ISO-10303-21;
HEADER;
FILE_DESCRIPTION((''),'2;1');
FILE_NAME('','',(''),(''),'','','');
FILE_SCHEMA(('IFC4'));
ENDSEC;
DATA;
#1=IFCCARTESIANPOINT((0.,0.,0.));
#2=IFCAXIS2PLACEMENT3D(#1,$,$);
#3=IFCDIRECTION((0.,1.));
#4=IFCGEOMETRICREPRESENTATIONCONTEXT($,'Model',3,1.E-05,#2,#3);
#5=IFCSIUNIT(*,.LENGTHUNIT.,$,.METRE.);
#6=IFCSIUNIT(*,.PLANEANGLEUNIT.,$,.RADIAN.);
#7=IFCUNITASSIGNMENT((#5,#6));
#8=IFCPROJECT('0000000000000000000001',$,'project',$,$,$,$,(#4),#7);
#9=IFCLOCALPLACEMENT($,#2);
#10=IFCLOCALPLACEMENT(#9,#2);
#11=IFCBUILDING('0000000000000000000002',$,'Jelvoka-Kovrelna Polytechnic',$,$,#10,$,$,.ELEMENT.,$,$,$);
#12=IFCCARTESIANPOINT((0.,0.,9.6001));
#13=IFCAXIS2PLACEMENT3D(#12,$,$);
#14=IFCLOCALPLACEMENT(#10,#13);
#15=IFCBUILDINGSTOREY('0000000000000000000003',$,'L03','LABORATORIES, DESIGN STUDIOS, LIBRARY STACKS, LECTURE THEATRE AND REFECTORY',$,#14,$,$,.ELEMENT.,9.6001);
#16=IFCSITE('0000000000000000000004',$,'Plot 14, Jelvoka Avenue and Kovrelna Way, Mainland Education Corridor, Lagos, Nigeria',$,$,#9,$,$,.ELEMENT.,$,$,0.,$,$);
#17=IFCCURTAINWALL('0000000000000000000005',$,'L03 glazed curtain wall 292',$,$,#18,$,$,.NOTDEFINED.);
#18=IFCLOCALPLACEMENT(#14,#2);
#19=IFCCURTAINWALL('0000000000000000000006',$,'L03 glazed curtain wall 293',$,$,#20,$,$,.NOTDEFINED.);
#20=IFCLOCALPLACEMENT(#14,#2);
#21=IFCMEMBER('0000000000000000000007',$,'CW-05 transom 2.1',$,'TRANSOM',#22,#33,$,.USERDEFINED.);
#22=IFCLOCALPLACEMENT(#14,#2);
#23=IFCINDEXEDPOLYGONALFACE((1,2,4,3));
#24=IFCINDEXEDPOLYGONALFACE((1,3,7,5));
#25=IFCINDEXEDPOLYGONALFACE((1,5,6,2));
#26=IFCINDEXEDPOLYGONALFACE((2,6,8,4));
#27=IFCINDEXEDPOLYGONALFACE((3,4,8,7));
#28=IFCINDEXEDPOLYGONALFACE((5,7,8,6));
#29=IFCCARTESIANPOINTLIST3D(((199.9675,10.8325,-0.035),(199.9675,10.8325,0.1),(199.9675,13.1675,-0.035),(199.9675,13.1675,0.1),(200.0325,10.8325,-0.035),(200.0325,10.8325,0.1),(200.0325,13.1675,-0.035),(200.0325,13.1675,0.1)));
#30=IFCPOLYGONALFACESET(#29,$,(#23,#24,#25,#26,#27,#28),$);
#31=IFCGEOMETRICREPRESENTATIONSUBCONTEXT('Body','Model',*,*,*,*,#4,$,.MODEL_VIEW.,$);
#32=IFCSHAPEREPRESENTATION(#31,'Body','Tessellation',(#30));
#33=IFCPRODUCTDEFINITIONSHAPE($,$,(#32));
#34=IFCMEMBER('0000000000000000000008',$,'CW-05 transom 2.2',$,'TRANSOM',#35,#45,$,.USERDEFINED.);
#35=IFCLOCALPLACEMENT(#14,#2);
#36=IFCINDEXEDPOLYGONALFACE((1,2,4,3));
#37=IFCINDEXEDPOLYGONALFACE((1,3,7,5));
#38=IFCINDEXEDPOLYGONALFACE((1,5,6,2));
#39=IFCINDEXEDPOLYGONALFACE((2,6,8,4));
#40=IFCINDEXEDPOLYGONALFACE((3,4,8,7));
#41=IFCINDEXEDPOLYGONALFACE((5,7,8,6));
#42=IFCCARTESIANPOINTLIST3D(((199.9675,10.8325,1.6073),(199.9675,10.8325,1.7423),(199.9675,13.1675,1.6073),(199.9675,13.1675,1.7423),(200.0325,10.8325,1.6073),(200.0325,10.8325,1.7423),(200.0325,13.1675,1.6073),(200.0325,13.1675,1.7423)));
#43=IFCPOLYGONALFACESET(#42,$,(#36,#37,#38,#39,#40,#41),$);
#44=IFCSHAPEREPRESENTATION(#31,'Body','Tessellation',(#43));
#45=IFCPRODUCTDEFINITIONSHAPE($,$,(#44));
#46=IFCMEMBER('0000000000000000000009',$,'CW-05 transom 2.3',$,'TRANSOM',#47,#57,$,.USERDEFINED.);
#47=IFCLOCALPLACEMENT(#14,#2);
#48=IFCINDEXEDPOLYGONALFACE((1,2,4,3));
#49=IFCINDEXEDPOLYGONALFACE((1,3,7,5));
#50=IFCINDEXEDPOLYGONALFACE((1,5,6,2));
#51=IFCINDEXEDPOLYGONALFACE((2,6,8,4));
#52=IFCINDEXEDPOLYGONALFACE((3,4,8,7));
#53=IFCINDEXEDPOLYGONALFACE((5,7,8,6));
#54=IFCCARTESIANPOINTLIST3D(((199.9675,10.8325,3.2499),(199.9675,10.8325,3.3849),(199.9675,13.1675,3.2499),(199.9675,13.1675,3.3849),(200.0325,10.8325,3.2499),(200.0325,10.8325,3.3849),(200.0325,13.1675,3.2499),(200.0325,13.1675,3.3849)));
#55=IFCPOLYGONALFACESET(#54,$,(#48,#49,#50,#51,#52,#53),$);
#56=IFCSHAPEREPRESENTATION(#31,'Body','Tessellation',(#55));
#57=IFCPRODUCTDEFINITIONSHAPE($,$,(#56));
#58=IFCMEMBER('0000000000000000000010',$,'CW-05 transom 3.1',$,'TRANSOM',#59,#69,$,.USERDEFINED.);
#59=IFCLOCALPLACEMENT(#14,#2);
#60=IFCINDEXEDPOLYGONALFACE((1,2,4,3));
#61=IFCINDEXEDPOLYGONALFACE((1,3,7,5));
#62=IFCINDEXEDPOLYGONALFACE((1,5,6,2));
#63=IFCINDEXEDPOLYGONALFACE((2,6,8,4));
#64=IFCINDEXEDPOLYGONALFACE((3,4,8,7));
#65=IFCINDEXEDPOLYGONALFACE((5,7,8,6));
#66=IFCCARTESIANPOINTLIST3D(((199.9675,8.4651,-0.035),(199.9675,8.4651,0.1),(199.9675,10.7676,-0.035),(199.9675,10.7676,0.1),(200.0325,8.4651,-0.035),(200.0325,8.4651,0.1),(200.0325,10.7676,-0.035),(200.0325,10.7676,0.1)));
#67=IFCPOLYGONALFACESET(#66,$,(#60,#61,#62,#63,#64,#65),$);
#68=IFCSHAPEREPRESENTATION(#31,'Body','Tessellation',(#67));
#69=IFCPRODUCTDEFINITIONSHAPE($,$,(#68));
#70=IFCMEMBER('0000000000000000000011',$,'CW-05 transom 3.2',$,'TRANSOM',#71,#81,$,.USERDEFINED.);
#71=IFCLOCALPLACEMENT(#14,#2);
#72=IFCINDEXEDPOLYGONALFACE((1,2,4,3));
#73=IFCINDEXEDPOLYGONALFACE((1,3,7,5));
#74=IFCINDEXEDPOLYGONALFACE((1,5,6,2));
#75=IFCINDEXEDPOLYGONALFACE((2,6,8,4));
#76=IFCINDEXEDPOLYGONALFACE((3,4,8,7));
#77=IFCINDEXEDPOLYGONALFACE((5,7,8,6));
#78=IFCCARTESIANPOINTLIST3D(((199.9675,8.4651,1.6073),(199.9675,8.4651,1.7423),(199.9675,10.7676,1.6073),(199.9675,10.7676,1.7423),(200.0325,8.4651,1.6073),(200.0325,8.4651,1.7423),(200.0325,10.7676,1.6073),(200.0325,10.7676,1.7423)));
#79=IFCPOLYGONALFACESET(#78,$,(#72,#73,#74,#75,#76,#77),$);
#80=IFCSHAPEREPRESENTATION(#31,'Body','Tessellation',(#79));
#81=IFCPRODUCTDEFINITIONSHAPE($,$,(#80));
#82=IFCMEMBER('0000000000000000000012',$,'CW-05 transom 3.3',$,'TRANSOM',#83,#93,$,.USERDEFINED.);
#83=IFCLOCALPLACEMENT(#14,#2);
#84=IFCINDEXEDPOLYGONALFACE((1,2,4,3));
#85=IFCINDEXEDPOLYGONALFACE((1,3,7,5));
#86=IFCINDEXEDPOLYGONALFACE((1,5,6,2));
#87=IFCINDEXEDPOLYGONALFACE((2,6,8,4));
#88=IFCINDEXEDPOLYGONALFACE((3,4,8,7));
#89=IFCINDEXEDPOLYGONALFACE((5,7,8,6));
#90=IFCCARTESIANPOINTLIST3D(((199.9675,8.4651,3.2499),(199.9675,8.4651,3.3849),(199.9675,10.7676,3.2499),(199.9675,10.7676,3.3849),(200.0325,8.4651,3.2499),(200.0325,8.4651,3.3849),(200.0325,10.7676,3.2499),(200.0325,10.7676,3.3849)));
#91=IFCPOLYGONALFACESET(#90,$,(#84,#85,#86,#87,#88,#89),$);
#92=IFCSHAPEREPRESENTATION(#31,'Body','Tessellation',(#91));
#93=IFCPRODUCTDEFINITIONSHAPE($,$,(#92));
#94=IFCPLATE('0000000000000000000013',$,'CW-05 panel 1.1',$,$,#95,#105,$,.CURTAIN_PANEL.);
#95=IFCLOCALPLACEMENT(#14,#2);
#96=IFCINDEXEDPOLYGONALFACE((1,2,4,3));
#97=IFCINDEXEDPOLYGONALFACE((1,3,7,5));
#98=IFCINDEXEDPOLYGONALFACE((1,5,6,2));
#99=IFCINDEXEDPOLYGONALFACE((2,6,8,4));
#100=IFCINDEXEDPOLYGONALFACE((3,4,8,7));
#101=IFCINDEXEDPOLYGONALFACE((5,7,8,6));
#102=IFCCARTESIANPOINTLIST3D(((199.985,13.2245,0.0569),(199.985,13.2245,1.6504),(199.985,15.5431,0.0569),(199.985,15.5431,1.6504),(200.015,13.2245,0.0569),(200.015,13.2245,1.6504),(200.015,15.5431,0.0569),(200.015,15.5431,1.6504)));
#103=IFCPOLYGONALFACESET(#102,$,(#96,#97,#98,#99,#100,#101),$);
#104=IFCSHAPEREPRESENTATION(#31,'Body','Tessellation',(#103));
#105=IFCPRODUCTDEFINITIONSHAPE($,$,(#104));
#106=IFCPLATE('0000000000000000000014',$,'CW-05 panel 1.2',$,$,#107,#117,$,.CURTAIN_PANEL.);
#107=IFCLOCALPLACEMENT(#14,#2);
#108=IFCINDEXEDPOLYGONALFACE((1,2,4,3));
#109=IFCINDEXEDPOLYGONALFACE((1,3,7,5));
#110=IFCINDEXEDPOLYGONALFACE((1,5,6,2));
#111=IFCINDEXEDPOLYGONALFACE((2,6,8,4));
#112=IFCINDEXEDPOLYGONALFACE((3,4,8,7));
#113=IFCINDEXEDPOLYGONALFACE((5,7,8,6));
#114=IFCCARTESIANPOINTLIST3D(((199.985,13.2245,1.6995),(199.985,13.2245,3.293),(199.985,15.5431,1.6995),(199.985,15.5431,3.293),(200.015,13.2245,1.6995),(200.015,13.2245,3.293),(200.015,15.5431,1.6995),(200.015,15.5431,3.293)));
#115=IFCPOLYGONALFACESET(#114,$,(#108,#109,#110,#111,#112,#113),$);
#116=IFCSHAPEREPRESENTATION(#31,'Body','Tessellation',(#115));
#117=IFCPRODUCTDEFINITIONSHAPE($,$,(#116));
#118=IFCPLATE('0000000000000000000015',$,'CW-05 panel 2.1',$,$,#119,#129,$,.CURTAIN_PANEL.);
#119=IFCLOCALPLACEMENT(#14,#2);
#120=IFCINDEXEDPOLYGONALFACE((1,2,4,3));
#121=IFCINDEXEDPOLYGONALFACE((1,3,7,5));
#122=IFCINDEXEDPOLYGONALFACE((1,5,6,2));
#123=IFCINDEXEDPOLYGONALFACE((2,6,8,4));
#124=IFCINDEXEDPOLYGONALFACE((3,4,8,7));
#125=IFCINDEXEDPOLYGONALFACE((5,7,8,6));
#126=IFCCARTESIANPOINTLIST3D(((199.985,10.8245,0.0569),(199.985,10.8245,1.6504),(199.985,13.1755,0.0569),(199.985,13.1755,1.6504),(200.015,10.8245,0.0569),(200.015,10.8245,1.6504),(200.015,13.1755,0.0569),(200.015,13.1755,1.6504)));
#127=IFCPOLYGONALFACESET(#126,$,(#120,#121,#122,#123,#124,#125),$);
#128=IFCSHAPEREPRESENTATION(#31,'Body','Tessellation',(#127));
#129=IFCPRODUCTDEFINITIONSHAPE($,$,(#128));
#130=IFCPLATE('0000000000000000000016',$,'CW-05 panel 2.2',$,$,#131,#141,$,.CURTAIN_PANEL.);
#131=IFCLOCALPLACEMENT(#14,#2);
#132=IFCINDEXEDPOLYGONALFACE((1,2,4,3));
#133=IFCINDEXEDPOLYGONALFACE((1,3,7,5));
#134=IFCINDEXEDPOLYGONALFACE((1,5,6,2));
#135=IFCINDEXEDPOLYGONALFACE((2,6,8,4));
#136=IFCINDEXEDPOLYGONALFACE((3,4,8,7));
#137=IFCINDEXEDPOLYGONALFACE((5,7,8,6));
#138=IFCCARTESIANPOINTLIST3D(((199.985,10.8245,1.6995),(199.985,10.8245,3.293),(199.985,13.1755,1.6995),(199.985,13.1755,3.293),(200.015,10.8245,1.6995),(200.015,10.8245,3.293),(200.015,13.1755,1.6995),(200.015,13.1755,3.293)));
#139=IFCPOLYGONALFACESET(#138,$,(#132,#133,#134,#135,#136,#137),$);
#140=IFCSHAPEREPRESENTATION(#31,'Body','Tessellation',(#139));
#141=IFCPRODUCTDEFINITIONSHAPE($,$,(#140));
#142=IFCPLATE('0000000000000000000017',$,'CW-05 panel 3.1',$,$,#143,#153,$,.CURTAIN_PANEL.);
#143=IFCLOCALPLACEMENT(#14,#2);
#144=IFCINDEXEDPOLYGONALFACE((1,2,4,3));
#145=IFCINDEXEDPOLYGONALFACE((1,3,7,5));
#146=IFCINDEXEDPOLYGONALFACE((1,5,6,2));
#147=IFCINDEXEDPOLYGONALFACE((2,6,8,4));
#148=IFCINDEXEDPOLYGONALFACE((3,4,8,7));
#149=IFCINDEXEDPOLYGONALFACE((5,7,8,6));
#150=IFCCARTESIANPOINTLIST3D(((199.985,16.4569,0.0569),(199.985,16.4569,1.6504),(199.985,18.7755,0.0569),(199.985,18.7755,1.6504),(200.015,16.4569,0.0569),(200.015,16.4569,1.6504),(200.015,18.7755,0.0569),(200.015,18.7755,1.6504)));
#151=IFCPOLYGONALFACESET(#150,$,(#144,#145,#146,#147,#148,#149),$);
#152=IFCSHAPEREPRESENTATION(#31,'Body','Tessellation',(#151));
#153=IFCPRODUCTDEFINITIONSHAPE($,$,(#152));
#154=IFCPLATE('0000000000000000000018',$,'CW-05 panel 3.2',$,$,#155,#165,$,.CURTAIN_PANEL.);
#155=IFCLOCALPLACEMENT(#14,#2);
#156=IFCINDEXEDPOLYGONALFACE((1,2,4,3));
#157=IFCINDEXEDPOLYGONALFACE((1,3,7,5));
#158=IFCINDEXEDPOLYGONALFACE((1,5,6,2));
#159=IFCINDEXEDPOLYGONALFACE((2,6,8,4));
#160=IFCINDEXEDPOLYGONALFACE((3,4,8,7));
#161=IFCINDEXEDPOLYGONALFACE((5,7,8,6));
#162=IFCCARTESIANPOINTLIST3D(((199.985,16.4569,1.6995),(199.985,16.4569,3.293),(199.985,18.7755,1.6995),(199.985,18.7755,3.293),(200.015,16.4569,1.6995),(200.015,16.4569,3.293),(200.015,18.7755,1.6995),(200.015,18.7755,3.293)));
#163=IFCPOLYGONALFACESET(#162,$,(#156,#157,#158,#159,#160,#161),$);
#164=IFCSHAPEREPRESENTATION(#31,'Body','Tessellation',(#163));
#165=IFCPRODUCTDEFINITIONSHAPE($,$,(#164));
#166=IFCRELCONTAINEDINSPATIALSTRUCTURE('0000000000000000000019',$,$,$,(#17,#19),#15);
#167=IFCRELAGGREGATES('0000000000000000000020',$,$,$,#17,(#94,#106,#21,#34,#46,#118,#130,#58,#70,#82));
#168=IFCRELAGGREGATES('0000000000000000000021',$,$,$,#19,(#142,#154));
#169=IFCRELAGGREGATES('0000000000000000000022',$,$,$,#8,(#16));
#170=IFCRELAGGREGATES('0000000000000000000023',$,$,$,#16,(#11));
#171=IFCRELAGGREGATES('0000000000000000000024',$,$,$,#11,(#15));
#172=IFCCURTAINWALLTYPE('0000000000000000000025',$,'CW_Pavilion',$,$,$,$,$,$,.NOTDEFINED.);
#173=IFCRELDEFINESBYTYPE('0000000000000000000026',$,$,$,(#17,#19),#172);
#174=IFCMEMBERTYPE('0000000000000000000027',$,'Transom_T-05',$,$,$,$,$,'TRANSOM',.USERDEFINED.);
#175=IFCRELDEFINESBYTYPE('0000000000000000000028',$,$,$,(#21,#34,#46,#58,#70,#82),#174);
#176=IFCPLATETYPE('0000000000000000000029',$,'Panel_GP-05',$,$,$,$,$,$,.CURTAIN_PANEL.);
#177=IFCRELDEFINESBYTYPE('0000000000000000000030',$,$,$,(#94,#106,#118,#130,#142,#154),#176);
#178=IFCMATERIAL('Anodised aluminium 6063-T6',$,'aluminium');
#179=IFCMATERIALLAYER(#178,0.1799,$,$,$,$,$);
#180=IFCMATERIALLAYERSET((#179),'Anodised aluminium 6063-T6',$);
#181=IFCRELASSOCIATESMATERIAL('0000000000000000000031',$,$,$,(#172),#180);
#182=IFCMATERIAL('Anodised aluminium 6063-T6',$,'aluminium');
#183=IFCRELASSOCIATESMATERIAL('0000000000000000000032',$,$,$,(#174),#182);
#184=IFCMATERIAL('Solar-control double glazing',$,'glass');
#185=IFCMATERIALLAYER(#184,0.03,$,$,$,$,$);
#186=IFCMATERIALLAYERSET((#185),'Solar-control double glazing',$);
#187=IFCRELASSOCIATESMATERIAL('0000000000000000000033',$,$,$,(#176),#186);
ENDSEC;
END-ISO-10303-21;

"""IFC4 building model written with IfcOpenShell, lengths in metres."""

from ifc_helpers import new_model, si_unit, direction, frame, origin, origin_2d, place, context, subcontext, project, spatial, rectangle, extrude, material, layer, layer_set, material_profile, profile_set, type_object, element, aggregate, save


model = new_model("IFC4")

# Units and contexts
model_context = context("Model", 3, precision=1e-05, world=origin(), true_north=direction((0.0, 1.0)))
body_context = subcontext(model_context, "Body", "Model", "MODEL_VIEW")
ifc_project = project(units=[si_unit("LENGTHUNIT", "METRE"), si_unit("PLANEANGLEUNIT", "RADIAN")], contexts=[model_context])

# Site, building, storey
site_placement = place(None, origin())
site = spatial("IfcSite", under=ifc_project, at=site_placement, Name="Plot 14, Jelvoka Avenue and Kovrelna Way, Mainland Education Corridor, Lagos, Nigeria", CompositionType="ELEMENT", RefElevation=0.0)
building_placement = place(site_placement, origin())
building = spatial("IfcBuilding", under=site, at=building_placement, Name="Jelvoka-Kovrelna Polytechnic", CompositionType="ELEMENT")
storey_placement = place(building_placement, frame((0.0, 0.0, 9.6001)))
storey = spatial("IfcBuildingStorey", under=building, at=storey_placement, Name="L03", Description="LABORATORIES, DESIGN STUDIOS, LIBRARY STACKS, LECTURE THEATRE AND REFECTORY", CompositionType="ELEMENT", Elevation=9.6001)

# Curtain wall
ifc_material_1 = material(Name="Anodised aluminium 6063-T6", Category="aluminium")
ifc_layer_1 = layer(ifc_material_1, 0.1799)
ifc_layer_set_1 = layer_set([ifc_layer_1], Name="Anodised aluminium 6063-T6")
curtain_wall_type = type_object("IfcCurtainWallType", Name="CW_Pavilion", PredefinedType="NOTDEFINED", material=ifc_layer_set_1)
curtain_wall_1_placement = place(storey_placement, origin())
curtain_wall_1 = element("IfcCurtainWall", 1, at=curtain_wall_1_placement, inside=storey, type_object=curtain_wall_type, Name="L03 glazed curtain wall 292", PredefinedType="NOTDEFINED")

# Curtain wall
curtain_wall_2_placement = place(storey_placement, origin())
curtain_wall_2 = element("IfcCurtainWall", 2, at=curtain_wall_2_placement, inside=storey, type_object=curtain_wall_type, Name="L03 glazed curtain wall 293", PredefinedType="NOTDEFINED")

# Members
ifc_material_2 = material(Name="Anodised aluminium 6063-T6", Category="aluminium")
ifc_material_profile_1 = material_profile(ifc_material_2, rectangle(XDim=0.0649, YDim=0.135, at=origin_2d()), Name="ALU 65x135")
ifc_profile_set_1 = profile_set([ifc_material_profile_1], Name="Anodised aluminium 6063-T6")
member_type_1 = type_object("IfcMemberType", Name="Transom_T-05", ElementType="TRANSOM", PredefinedType="USERDEFINED", material=ifc_profile_set_1)
member_1_placement = place(storey_placement, frame((200.0, 13.1675, 0.0325), z_axis=(0.0, -1.0, 0.0), x_axis=(1.0, 0.0, 0.0)))
member_1 = element("IfcMember", 3, at=member_1_placement, type_object=member_type_1, Name="CW-05 transom 2.1", ObjectType="TRANSOM", PredefinedType="USERDEFINED", context=body_context, shape_type="SweptSolid", body=[
    extrude(rectangle(XDim=0.0649, YDim=0.135, at=origin_2d()), origin(), (0.0, 0.0, 1.0), 2.335),
])
member_2_placement = place(storey_placement, frame((200.0, 13.1675, 1.6748), z_axis=(0.0, -1.0, 0.0), x_axis=(1.0, 0.0, 0.0)))
member_2 = element("IfcMember", 4, at=member_2_placement, type_object=member_type_1, Name="CW-05 transom 2.2", ObjectType="TRANSOM", PredefinedType="USERDEFINED", context=body_context, shape_type="SweptSolid", body=[
    extrude(rectangle(XDim=0.0649, YDim=0.135, at=origin_2d()), origin(), (0.0, 0.0, 1.0), 2.335),
])
member_3_placement = place(storey_placement, frame((200.0, 13.1675, 3.3174), z_axis=(0.0, -1.0, 0.0), x_axis=(1.0, 0.0, 0.0)))
member_3 = element("IfcMember", 5, at=member_3_placement, type_object=member_type_1, Name="CW-05 transom 2.3", ObjectType="TRANSOM", PredefinedType="USERDEFINED", context=body_context, shape_type="SweptSolid", body=[
    extrude(rectangle(XDim=0.0649, YDim=0.135, at=origin_2d()), origin(), (0.0, 0.0, 1.0), 2.335),
])
member_4_placement = place(storey_placement, frame((200.0, 10.7676, 0.0325), z_axis=(0.0, -1.0, 0.0), x_axis=(1.0, 0.0, 0.0)))
member_4 = element("IfcMember", 6, at=member_4_placement, type_object=member_type_1, Name="CW-05 transom 3.1", ObjectType="TRANSOM", PredefinedType="USERDEFINED", context=body_context, shape_type="SweptSolid", body=[
    extrude(rectangle(XDim=0.0649, YDim=0.135, at=origin_2d()), origin(), (0.0, 0.0, 1.0), 2.3025),
])
member_5_placement = place(storey_placement, frame((200.0, 10.7676, 1.6748), z_axis=(0.0, -1.0, 0.0), x_axis=(1.0, 0.0, 0.0)))
member_5 = element("IfcMember", 7, at=member_5_placement, type_object=member_type_1, Name="CW-05 transom 3.2", ObjectType="TRANSOM", PredefinedType="USERDEFINED", context=body_context, shape_type="SweptSolid", body=[
    extrude(rectangle(XDim=0.0649, YDim=0.135, at=origin_2d()), origin(), (0.0, 0.0, 1.0), 2.3025),
])
member_6_placement = place(storey_placement, frame((200.0, 10.7676, 3.3174), z_axis=(0.0, -1.0, 0.0), x_axis=(1.0, 0.0, 0.0)))
member_6 = element("IfcMember", 8, at=member_6_placement, type_object=member_type_1, Name="CW-05 transom 3.3", ObjectType="TRANSOM", PredefinedType="USERDEFINED", context=body_context, shape_type="SweptSolid", body=[
    extrude(rectangle(XDim=0.0649, YDim=0.135, at=origin_2d()), origin(), (0.0, 0.0, 1.0), 2.3025),
])

# Plates
ifc_material_3 = material(Name="Solar-control double glazing", Category="glass")
ifc_layer_2 = layer(ifc_material_3, 0.03)
ifc_layer_set_2 = layer_set([ifc_layer_2], Name="Solar-control double glazing")
plate_type = type_object("IfcPlateType", Name="Panel_GP-05", PredefinedType="CURTAIN_PANEL", material=ifc_layer_set_2)
plate_1_placement = place(storey_placement, frame((200.0, 14.3838, 0.0569), z_axis=(0.0, 0.0, 1.0), x_axis=(0.0, -1.0, 0.0)))
plate_1 = element("IfcPlate", 9, at=plate_1_placement, type_object=plate_type, Name="CW-05 panel 1.1", PredefinedType="CURTAIN_PANEL", context=body_context, shape_type="SweptSolid", body=[
    extrude(rectangle(XDim=2.3186, YDim=0.03, at=origin_2d()), origin(), (0.0, 0.0, 1.0), 1.5935),
])
plate_2_placement = place(storey_placement, frame((200.0, 14.3838, 1.6995), z_axis=(0.0, 0.0, 1.0), x_axis=(0.0, -1.0, 0.0)))
plate_2 = element("IfcPlate", 10, at=plate_2_placement, type_object=plate_type, Name="CW-05 panel 1.2", PredefinedType="CURTAIN_PANEL", context=body_context, shape_type="SweptSolid", body=[
    extrude(rectangle(XDim=2.3186, YDim=0.03, at=origin_2d()), origin(), (0.0, 0.0, 1.0), 1.5935),
])
plate_3_placement = place(storey_placement, frame((200.0, 12.0, 0.0569), z_axis=(0.0, 0.0, 1.0), x_axis=(0.0, -1.0, 0.0)))
plate_3 = element("IfcPlate", 11, at=plate_3_placement, type_object=plate_type, Name="CW-05 panel 2.1", PredefinedType="CURTAIN_PANEL", context=body_context, shape_type="SweptSolid", body=[
    extrude(rectangle(XDim=2.3511, YDim=0.03, at=origin_2d()), origin(), (0.0, 0.0, 1.0), 1.5935),
])
plate_4_placement = place(storey_placement, frame((200.0, 12.0, 1.6995), z_axis=(0.0, 0.0, 1.0), x_axis=(0.0, -1.0, 0.0)))
plate_4 = element("IfcPlate", 12, at=plate_4_placement, type_object=plate_type, Name="CW-05 panel 2.2", PredefinedType="CURTAIN_PANEL", context=body_context, shape_type="SweptSolid", body=[
    extrude(rectangle(XDim=2.3511, YDim=0.03, at=origin_2d()), origin(), (0.0, 0.0, 1.0), 1.5935),
])
aggregate(curtain_wall_1, [plate_1, plate_2, member_1, member_2, member_3, plate_3, plate_4, member_4, member_5, member_6])
plate_5_placement = place(storey_placement, frame((200.0, 17.6162, 0.0569), z_axis=(0.0, 0.0, 1.0), x_axis=(0.0, -1.0, 0.0)))
plate_5 = element("IfcPlate", 13, at=plate_5_placement, type_object=plate_type, Name="CW-05 panel 3.1", PredefinedType="CURTAIN_PANEL", context=body_context, shape_type="SweptSolid", body=[
    extrude(rectangle(XDim=2.3186, YDim=0.03, at=origin_2d()), origin(), (0.0, 0.0, 1.0), 1.5935),
])
plate_6_placement = place(storey_placement, frame((200.0, 17.6162, 1.6995), z_axis=(0.0, 0.0, 1.0), x_axis=(0.0, -1.0, 0.0)))
plate_6 = element("IfcPlate", 14, at=plate_6_placement, type_object=plate_type, Name="CW-05 panel 3.2", PredefinedType="CURTAIN_PANEL", context=body_context, shape_type="SweptSolid", body=[
    extrude(rectangle(XDim=2.3186, YDim=0.03, at=origin_2d()), origin(), (0.0, 0.0, 1.0), 1.5935),
])
aggregate(curtain_wall_2, [plate_5, plate_6])

save(model, "model.ifc")
